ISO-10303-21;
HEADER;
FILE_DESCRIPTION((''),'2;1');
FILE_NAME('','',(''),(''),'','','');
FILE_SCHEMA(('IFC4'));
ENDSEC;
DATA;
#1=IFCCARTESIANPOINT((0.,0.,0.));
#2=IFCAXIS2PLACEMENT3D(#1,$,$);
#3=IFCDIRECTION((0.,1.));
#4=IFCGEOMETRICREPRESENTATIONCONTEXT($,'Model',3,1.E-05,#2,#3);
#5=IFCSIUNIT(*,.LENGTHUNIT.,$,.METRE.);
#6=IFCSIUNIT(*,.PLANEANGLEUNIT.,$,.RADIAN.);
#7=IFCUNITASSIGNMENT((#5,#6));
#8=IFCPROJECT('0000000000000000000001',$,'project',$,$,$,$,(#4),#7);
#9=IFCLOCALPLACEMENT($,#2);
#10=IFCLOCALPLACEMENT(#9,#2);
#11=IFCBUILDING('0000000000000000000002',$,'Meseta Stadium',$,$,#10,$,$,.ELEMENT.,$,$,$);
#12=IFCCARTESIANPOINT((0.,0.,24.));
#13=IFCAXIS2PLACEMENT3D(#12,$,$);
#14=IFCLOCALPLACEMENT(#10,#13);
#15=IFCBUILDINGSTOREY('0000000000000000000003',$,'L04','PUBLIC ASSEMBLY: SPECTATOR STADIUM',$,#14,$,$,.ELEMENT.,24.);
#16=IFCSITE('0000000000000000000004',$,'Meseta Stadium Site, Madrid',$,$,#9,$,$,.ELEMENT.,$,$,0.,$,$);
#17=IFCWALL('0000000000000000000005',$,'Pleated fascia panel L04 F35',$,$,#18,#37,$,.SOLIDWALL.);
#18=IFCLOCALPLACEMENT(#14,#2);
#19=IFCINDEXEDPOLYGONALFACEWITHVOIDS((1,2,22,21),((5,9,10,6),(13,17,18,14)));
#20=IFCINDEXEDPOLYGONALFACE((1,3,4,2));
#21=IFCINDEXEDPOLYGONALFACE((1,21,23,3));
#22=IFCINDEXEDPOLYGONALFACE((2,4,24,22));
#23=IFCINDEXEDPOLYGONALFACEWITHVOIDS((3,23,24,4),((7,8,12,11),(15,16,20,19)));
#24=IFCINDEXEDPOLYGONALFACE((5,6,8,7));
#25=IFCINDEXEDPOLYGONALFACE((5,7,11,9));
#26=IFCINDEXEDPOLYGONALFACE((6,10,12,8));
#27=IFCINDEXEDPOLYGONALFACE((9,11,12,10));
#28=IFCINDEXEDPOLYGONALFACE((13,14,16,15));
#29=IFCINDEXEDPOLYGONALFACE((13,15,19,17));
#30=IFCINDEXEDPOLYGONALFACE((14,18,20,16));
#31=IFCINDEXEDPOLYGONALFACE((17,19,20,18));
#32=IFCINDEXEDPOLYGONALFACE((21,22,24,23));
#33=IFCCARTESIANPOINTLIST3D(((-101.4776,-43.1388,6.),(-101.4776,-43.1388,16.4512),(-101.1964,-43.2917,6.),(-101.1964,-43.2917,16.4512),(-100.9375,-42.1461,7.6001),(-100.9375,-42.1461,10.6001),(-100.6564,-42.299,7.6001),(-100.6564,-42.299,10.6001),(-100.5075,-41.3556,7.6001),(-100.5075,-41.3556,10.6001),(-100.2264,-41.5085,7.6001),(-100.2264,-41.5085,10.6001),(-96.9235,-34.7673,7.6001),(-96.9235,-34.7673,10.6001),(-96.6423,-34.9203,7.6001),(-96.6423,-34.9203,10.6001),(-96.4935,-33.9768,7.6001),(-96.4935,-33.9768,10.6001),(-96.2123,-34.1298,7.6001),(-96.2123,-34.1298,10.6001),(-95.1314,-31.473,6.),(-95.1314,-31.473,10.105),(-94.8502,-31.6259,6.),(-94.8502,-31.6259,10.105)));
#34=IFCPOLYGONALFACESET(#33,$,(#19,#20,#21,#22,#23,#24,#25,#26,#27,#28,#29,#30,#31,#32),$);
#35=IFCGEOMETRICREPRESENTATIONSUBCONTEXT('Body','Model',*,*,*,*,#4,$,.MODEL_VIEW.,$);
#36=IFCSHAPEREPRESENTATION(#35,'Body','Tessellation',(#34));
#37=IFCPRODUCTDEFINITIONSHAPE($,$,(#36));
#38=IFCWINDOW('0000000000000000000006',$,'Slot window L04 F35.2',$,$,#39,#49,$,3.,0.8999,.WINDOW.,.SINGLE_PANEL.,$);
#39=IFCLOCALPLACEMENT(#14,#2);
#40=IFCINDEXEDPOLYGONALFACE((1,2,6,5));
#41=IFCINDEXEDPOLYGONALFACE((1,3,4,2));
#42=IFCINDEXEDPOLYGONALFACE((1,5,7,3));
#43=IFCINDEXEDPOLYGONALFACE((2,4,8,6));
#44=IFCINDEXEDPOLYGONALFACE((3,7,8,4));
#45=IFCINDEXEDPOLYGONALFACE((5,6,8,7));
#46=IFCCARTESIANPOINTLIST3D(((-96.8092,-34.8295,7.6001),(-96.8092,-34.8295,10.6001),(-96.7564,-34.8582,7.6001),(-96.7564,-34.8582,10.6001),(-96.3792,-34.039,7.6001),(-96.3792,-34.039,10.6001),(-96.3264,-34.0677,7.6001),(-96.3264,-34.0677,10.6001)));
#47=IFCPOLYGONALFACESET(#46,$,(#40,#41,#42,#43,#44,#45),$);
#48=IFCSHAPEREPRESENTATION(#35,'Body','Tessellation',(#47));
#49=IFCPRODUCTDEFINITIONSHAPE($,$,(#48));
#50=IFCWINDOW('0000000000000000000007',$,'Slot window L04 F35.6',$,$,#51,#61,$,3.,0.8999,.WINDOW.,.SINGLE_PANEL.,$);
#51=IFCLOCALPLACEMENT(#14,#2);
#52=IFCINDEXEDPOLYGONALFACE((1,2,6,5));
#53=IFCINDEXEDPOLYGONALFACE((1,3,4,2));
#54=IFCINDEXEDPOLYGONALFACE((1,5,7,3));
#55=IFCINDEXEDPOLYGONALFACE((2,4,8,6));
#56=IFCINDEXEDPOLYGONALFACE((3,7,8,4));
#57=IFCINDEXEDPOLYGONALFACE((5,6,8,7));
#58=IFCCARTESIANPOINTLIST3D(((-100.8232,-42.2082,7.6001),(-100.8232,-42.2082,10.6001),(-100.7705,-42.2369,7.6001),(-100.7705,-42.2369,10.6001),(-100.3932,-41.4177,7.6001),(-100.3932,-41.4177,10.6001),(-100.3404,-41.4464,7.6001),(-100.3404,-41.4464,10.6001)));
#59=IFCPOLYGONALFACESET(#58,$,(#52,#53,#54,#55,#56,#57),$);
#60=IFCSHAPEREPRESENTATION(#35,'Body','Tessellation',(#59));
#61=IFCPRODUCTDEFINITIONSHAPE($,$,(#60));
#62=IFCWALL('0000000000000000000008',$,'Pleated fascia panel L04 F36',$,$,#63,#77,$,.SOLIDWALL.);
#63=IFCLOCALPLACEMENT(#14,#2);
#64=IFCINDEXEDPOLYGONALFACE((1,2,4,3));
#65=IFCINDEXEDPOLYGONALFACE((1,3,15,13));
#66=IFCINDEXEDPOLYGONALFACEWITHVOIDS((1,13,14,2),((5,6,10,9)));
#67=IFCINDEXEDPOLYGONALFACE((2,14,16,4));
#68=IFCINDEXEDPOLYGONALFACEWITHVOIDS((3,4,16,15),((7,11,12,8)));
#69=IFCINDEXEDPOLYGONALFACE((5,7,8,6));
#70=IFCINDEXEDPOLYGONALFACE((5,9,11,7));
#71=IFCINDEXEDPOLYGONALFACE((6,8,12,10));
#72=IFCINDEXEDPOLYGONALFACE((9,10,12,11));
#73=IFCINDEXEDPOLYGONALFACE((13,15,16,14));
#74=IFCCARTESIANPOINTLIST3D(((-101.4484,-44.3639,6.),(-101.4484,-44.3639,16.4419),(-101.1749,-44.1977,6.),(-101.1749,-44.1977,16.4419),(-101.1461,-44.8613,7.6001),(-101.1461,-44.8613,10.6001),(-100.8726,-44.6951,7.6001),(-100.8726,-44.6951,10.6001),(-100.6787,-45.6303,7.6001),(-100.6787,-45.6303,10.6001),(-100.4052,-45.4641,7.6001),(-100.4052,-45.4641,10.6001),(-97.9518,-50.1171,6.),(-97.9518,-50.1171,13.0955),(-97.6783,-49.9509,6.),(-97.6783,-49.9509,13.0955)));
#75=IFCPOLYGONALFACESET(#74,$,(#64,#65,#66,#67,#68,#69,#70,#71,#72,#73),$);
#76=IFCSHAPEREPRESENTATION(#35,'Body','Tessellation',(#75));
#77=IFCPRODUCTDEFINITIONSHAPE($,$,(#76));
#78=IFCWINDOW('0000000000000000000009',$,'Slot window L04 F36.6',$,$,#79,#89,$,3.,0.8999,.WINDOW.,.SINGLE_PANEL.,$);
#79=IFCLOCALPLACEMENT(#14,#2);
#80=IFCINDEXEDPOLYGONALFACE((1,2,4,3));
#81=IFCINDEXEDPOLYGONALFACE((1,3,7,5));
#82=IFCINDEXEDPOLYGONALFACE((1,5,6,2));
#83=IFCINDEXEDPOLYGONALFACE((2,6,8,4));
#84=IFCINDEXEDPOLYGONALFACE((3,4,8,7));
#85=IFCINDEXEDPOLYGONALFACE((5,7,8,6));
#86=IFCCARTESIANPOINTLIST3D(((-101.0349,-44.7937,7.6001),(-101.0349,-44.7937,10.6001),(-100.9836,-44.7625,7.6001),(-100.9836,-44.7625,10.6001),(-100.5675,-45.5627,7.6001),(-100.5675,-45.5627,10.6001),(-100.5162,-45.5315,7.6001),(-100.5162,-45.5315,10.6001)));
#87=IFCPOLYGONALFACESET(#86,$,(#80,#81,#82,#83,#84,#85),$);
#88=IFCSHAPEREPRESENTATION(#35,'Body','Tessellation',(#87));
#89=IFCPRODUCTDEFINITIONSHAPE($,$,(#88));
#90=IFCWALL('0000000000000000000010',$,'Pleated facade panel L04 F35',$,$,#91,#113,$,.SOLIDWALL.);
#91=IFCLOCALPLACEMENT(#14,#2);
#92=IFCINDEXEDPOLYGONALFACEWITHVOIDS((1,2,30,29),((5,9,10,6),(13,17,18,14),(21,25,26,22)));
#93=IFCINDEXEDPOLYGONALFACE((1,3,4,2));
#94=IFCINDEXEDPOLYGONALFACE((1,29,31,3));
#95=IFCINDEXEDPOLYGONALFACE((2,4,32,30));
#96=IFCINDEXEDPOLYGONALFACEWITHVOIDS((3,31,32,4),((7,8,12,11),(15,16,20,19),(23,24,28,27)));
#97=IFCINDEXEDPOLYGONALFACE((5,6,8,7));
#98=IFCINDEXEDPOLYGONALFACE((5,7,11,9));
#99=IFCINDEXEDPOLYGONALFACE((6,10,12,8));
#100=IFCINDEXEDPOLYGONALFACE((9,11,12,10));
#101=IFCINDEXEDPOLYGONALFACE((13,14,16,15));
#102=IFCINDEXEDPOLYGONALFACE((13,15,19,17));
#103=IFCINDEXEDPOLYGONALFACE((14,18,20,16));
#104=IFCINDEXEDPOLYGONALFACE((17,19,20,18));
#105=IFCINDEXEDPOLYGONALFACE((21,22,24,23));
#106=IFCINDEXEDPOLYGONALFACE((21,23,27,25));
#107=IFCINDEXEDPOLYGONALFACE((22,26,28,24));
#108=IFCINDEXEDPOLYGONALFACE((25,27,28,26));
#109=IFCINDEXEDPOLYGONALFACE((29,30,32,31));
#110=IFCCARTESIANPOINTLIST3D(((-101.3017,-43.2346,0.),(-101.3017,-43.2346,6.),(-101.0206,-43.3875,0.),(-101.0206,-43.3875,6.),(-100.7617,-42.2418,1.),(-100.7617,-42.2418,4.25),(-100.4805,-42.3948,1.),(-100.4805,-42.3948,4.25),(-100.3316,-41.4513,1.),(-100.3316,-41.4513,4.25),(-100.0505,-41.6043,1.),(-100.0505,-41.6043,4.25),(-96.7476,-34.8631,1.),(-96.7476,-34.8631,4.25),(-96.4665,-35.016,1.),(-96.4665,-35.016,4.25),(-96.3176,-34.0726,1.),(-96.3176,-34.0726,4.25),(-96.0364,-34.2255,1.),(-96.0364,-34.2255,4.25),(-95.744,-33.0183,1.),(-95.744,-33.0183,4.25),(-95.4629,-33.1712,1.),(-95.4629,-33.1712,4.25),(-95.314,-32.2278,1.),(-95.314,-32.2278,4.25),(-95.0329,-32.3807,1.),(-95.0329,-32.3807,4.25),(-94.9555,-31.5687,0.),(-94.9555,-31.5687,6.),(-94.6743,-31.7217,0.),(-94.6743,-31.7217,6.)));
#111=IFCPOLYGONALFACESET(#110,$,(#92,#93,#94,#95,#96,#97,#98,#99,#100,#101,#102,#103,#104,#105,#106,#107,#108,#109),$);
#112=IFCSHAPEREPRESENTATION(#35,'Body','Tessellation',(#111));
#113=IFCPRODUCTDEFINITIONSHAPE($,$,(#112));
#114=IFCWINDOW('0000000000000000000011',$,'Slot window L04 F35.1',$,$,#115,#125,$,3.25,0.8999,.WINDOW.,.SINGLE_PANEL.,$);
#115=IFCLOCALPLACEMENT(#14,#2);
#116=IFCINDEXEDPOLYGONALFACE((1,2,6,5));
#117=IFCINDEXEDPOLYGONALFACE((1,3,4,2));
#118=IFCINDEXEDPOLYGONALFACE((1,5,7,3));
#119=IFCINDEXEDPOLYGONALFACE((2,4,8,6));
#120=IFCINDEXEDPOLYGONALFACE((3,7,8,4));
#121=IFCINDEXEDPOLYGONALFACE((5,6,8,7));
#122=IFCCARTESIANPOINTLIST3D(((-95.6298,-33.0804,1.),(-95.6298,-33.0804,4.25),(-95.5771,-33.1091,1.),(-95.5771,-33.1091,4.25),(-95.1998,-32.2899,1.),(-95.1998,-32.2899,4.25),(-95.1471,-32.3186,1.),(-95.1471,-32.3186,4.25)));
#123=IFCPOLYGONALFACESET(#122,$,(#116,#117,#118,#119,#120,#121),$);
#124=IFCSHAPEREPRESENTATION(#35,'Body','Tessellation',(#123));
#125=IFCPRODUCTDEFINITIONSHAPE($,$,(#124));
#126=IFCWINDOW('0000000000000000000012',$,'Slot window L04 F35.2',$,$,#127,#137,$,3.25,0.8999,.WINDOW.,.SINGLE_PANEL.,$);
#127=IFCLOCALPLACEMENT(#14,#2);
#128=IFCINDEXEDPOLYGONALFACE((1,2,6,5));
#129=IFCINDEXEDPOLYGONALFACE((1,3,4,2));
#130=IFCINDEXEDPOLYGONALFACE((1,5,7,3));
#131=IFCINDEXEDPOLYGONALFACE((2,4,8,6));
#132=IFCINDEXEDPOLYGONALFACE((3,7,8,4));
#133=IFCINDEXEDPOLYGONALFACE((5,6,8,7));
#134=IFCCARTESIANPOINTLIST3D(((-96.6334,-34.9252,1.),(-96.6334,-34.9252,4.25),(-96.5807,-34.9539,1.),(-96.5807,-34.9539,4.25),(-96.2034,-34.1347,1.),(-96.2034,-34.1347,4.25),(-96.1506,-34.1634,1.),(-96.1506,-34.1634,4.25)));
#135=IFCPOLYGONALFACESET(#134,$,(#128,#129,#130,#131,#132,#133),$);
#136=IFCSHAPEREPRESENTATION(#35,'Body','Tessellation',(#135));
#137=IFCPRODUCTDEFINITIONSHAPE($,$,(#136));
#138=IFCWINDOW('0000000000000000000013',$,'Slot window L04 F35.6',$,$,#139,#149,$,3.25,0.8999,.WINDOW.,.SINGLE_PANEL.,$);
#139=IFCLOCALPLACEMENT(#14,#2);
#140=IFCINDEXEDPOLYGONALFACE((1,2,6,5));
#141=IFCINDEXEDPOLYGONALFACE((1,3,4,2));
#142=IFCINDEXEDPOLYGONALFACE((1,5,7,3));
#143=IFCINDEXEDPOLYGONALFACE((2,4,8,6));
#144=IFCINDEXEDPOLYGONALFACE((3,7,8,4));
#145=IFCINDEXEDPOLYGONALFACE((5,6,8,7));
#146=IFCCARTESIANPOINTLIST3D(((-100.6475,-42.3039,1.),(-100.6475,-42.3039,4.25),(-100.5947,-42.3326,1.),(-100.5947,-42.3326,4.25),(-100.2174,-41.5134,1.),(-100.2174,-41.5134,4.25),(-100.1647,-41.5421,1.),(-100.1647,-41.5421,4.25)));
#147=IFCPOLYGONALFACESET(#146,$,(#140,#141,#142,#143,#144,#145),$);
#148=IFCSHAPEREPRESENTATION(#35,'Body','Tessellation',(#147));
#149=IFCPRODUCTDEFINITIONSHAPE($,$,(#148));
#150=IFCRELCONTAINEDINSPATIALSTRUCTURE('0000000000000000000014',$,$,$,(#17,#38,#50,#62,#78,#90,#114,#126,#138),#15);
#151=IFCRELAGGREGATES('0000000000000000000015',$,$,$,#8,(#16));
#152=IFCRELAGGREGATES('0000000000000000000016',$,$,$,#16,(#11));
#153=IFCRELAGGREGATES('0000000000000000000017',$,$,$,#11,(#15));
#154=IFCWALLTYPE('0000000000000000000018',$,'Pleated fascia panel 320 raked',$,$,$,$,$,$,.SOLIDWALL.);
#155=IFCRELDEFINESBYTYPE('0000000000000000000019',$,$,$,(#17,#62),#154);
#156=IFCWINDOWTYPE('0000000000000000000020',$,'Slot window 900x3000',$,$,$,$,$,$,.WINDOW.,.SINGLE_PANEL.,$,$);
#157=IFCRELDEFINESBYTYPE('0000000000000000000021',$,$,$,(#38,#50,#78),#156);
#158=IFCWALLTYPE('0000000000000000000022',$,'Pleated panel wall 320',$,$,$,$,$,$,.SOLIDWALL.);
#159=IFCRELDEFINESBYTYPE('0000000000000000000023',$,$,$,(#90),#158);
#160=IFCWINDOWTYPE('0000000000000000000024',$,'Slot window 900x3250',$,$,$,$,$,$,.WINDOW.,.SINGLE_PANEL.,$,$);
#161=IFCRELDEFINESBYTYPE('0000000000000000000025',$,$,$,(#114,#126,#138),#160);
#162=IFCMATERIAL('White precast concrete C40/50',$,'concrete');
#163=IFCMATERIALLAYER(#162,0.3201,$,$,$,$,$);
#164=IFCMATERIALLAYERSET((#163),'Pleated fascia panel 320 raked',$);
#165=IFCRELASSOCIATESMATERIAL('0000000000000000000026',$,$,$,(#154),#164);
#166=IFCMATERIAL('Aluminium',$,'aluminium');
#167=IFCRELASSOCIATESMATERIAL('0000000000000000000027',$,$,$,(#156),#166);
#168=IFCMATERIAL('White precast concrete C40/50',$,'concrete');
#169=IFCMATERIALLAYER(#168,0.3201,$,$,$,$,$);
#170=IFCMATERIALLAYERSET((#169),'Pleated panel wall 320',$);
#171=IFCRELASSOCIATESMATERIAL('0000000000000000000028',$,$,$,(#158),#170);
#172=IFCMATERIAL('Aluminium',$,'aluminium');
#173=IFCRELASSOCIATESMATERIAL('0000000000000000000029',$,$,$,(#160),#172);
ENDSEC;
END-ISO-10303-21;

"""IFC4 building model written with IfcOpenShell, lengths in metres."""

from ifc_helpers import new_model, si_unit, direction, frame, frame_2d, origin, place, context, subcontext, project, spatial, polyline, rectangle, outline, extrude, material, layer, layer_set, type_object, element, fill, save


model = new_model("IFC4")

# Units and contexts
model_context = context("Model", 3, precision=1e-05, world=origin(), true_north=direction((0.0, 1.0)))
body_context = subcontext(model_context, "Body", "Model", "MODEL_VIEW")
ifc_project = project(units=[si_unit("LENGTHUNIT", "METRE"), si_unit("PLANEANGLEUNIT", "RADIAN")], contexts=[model_context])

# Site, building, storey
site_placement = place(None, origin())
site = spatial("IfcSite", under=ifc_project, at=site_placement, Name="Meseta Stadium Site, Madrid", CompositionType="ELEMENT", RefElevation=0.0)
building_placement = place(site_placement, origin())
building = spatial("IfcBuilding", under=site, at=building_placement, Name="Meseta Stadium", CompositionType="ELEMENT")
storey_placement = place(building_placement, frame((0.0, 0.0, 24.0)))
storey = spatial("IfcBuildingStorey", under=building, at=storey_placement, Name="L04", Description="PUBLIC ASSEMBLY: SPECTATOR STADIUM", CompositionType="ELEMENT", Elevation=24.0)

# Wall, openings, windows
ifc_material_1 = material(Name="White precast concrete C40/50", Category="concrete")
ifc_layer_1 = layer(ifc_material_1, 0.3201)
ifc_layer_set_1 = layer_set([ifc_layer_1], Name="Pleated fascia panel 320 raked")
wall_type_1 = type_object("IfcWallType", Name="Pleated fascia panel 320 raked", PredefinedType="SOLIDWALL", material=ifc_layer_set_1)
wall_1_placement = place(storey_placement, frame((-101.3369, -43.2153, 6.0), z_axis=(0.0, 0.0, 1.0), x_axis=(0.477868, 0.878432, 0.0)))
wall_1 = element("IfcWall", 1, at=wall_1_placement, inside=storey, type_object=wall_type_1, Name="Pleated fascia panel L04 F35", PredefinedType="SOLIDWALL", context=body_context, shape_type="SweptSolid", body=[
    extrude(outline(polyline([(0.0, 0.0), (13.2803, 0.0), (13.2803, 4.105), (0.0, 10.4512), (0.0, 0.0)])), frame((0.0, 0.1602, 0.0), z_axis=(0.0, -1.0, 0.0), x_axis=(1.0, 0.0, 0.0)), (0.0, 0.0, 1.0), 0.3201),
])
opening_1_placement = place(wall_1_placement, frame((9.53, 0.0, 1.6001)))
opening_1 = element("IfcOpeningElement", 2, at=opening_1_placement, cuts=wall_1, PredefinedType="OPENING", context=body_context, shape_type="SweptSolid", body=[
    extrude(rectangle(XDim=0.8999, YDim=3.0, at=frame_2d((0.45, 1.5))), frame((0.0, 0.1699, 0.0), z_axis=(0.0, -1.0, 0.0), x_axis=(1.0, 0.0, 0.0)), (0.0, 0.0, 1.0), 0.3401),
])
opening_2_placement = place(wall_1_placement, frame((1.1301, 0.0, 1.6001)))
opening_2 = element("IfcOpeningElement", 3, at=opening_2_placement, cuts=wall_1, PredefinedType="OPENING", context=body_context, shape_type="SweptSolid", body=[
    extrude(rectangle(XDim=0.8999, YDim=3.0, at=frame_2d((0.45, 1.5))), frame((0.0, 0.1699, 0.0), z_axis=(0.0, -1.0, 0.0), x_axis=(1.0, 0.0, 0.0)), (0.0, 0.0, 1.0), 0.3401),
])
ifc_material_2 = material(Name="Aluminium", Category="aluminium")
window_type_1 = type_object("IfcWindowType", Name="Slot window 900x3000", PartitioningType="SINGLE_PANEL", PredefinedType="WINDOW", material=ifc_material_2)
window_1_placement = place(opening_1_placement, origin())
window_1 = element("IfcWindow", 4, at=window_1_placement, inside=storey, type_object=window_type_1, Name="Slot window L04 F35.2", OverallHeight=3.0, OverallWidth=0.8999, PartitioningType="SINGLE_PANEL", PredefinedType="WINDOW", context=body_context, shape_type="SweptSolid", body=[
    extrude(rectangle(XDim=0.8999, YDim=3.0, at=frame_2d((0.45, 1.5))), frame((0.0, 0.03, 0.0), z_axis=(0.0, -1.0, 0.0), x_axis=(1.0, 0.0, 0.0)), (0.0, 0.0, 1.0), 0.0601),
])
fill(opening_1, window_1)
window_2_placement = place(opening_2_placement, origin())
window_2 = element("IfcWindow", 5, at=window_2_placement, inside=storey, type_object=window_type_1, Name="Slot window L04 F35.6", OverallHeight=3.0, OverallWidth=0.8999, PartitioningType="SINGLE_PANEL", PredefinedType="WINDOW", context=body_context, shape_type="SweptSolid", body=[
    extrude(rectangle(XDim=0.8999, YDim=3.0, at=frame_2d((0.45, 1.5))), frame((0.0, 0.03, 0.0), z_axis=(0.0, -1.0, 0.0), x_axis=(1.0, 0.0, 0.0)), (0.0, 0.0, 1.0), 0.0601),
])
fill(opening_2, window_2)

# Wall, opening, window
wall_2_placement = place(storey_placement, frame((-97.8149, -50.0339, 6.0), z_axis=(0.0, 0.0, 1.0), x_axis=(-0.519367, 0.854551, 0.0)))
wall_2 = element("IfcWall", 6, at=wall_2_placement, inside=storey, type_object=wall_type_1, Name="Pleated fascia panel L04 F36", PredefinedType="SOLIDWALL", context=body_context, shape_type="SweptSolid", body=[
    extrude(outline(polyline([(0.0, 0.0), (6.7324, 0.0), (6.7324, 10.4419), (0.0, 7.0955), (0.0, 0.0)])), frame((0.0, 0.1602, 0.0), z_axis=(0.0, -1.0, 0.0), x_axis=(1.0, 0.0, 0.0)), (0.0, 0.0, 1.0), 0.3201),
])
opening_3_placement = place(wall_2_placement, frame((5.2505, 0.0, 1.6001)))
opening_3 = element("IfcOpeningElement", 7, at=opening_3_placement, cuts=wall_2, PredefinedType="OPENING", context=body_context, shape_type="SweptSolid", body=[
    extrude(rectangle(XDim=0.8999, YDim=3.0, at=frame_2d((0.45, 1.5))), frame((0.0, 0.1699, 0.0), z_axis=(0.0, -1.0, 0.0), x_axis=(1.0, 0.0, 0.0)), (0.0, 0.0, 1.0), 0.3401),
])
window_3_placement = place(opening_3_placement, origin())
window_3 = element("IfcWindow", 8, at=window_3_placement, inside=storey, type_object=window_type_1, Name="Slot window L04 F36.6", OverallHeight=3.0, OverallWidth=0.8999, PartitioningType="SINGLE_PANEL", PredefinedType="WINDOW", context=body_context, shape_type="SweptSolid", body=[
    extrude(rectangle(XDim=0.8999, YDim=3.0, at=frame_2d((0.45, 1.5))), frame((0.0, 0.03, 0.0), z_axis=(0.0, -1.0, 0.0), x_axis=(1.0, 0.0, 0.0)), (0.0, 0.0, 1.0), 0.0601),
])
fill(opening_3, window_3)

# Wall, openings, windows
ifc_material_3 = material(Name="White precast concrete C40/50", Category="concrete")
ifc_layer_2 = layer(ifc_material_3, 0.3201)
ifc_layer_set_2 = layer_set([ifc_layer_2], Name="Pleated panel wall 320")
wall_type_2 = type_object("IfcWallType", Name="Pleated panel wall 320", PredefinedType="SOLIDWALL", material=ifc_layer_set_2)
wall_3_placement = place(storey_placement, frame((-101.1611, -43.311, 0.0), z_axis=(0.0, 0.0, 1.0), x_axis=(0.477868, 0.878432, 0.0)))
wall_3 = element("IfcWall", 9, at=wall_3_placement, inside=storey, type_object=wall_type_2, Name="Pleated facade panel L04 F35", PredefinedType="SOLIDWALL", context=body_context, shape_type="SweptSolid", body=[
    extrude(rectangle(XDim=13.2803, YDim=0.3201, at=frame_2d((6.6401, 0.0))), origin(), (0.0, 0.0, 1.0), 6.0),
])
opening_4_placement = place(wall_3_placement, frame((11.6301, 0.0, 1.0)))
opening_4 = element("IfcOpeningElement", 10, at=opening_4_placement, cuts=wall_3, PredefinedType="OPENING", context=body_context, shape_type="SweptSolid", body=[
    extrude(rectangle(XDim=0.8999, YDim=3.25, at=frame_2d((0.45, 1.625))), frame((0.0, 0.1699, 0.0), z_axis=(0.0, -1.0, 0.0), x_axis=(1.0, 0.0, 0.0)), (0.0, 0.0, 1.0), 0.3401),
])
opening_5_placement = place(wall_3_placement, frame((9.53, 0.0, 1.0)))
opening_5 = element("IfcOpeningElement", 11, at=opening_5_placement, cuts=wall_3, PredefinedType="OPENING", context=body_context, shape_type="SweptSolid", body=[
    extrude(rectangle(XDim=0.8999, YDim=3.25, at=frame_2d((0.45, 1.625))), frame((0.0, 0.1699, 0.0), z_axis=(0.0, -1.0, 0.0), x_axis=(1.0, 0.0, 0.0)), (0.0, 0.0, 1.0), 0.3401),
])
opening_6_placement = place(wall_3_placement, frame((1.1301, 0.0, 1.0)))
opening_6 = element("IfcOpeningElement", 12, at=opening_6_placement, cuts=wall_3, PredefinedType="OPENING", context=body_context, shape_type="SweptSolid", body=[
    extrude(rectangle(XDim=0.8999, YDim=3.25, at=frame_2d((0.45, 1.625))), frame((0.0, 0.1699, 0.0), z_axis=(0.0, -1.0, 0.0), x_axis=(1.0, 0.0, 0.0)), (0.0, 0.0, 1.0), 0.3401),
])
ifc_material_4 = material(Name="Aluminium", Category="aluminium")
window_type_2 = type_object("IfcWindowType", Name="Slot window 900x3250", PartitioningType="SINGLE_PANEL", PredefinedType="WINDOW", material=ifc_material_4)
window_4_placement = place(opening_4_placement, origin())
window_4 = element("IfcWindow", 13, at=window_4_placement, inside=storey, type_object=window_type_2, Name="Slot window L04 F35.1", OverallHeight=3.25, OverallWidth=0.8999, PartitioningType="SINGLE_PANEL", PredefinedType="WINDOW", context=body_context, shape_type="SweptSolid", body=[
    extrude(rectangle(XDim=0.8999, YDim=3.25, at=frame_2d((0.45, 1.625))), frame((0.0, 0.03, 0.0), z_axis=(0.0, -1.0, 0.0), x_axis=(1.0, 0.0, 0.0)), (0.0, 0.0, 1.0), 0.0601),
])
fill(opening_4, window_4)
window_5_placement = place(opening_5_placement, origin())
window_5 = element("IfcWindow", 14, at=window_5_placement, inside=storey, type_object=window_type_2, Name="Slot window L04 F35.2", OverallHeight=3.25, OverallWidth=0.8999, PartitioningType="SINGLE_PANEL", PredefinedType="WINDOW", context=body_context, shape_type="SweptSolid", body=[
    extrude(rectangle(XDim=0.8999, YDim=3.25, at=frame_2d((0.45, 1.625))), frame((0.0, 0.03, 0.0), z_axis=(0.0, -1.0, 0.0), x_axis=(1.0, 0.0, 0.0)), (0.0, 0.0, 1.0), 0.0601),
])
fill(opening_5, window_5)
window_6_placement = place(opening_6_placement, origin())
window_6 = element("IfcWindow", 15, at=window_6_placement, inside=storey, type_object=window_type_2, Name="Slot window L04 F35.6", OverallHeight=3.25, OverallWidth=0.8999, PartitioningType="SINGLE_PANEL", PredefinedType="WINDOW", context=body_context, shape_type="SweptSolid", body=[
    extrude(rectangle(XDim=0.8999, YDim=3.25, at=frame_2d((0.45, 1.625))), frame((0.0, 0.03, 0.0), z_axis=(0.0, -1.0, 0.0), x_axis=(1.0, 0.0, 0.0)), (0.0, 0.0, 1.0), 0.0601),
])
fill(opening_6, window_6)

save(model, "model.ifc")
